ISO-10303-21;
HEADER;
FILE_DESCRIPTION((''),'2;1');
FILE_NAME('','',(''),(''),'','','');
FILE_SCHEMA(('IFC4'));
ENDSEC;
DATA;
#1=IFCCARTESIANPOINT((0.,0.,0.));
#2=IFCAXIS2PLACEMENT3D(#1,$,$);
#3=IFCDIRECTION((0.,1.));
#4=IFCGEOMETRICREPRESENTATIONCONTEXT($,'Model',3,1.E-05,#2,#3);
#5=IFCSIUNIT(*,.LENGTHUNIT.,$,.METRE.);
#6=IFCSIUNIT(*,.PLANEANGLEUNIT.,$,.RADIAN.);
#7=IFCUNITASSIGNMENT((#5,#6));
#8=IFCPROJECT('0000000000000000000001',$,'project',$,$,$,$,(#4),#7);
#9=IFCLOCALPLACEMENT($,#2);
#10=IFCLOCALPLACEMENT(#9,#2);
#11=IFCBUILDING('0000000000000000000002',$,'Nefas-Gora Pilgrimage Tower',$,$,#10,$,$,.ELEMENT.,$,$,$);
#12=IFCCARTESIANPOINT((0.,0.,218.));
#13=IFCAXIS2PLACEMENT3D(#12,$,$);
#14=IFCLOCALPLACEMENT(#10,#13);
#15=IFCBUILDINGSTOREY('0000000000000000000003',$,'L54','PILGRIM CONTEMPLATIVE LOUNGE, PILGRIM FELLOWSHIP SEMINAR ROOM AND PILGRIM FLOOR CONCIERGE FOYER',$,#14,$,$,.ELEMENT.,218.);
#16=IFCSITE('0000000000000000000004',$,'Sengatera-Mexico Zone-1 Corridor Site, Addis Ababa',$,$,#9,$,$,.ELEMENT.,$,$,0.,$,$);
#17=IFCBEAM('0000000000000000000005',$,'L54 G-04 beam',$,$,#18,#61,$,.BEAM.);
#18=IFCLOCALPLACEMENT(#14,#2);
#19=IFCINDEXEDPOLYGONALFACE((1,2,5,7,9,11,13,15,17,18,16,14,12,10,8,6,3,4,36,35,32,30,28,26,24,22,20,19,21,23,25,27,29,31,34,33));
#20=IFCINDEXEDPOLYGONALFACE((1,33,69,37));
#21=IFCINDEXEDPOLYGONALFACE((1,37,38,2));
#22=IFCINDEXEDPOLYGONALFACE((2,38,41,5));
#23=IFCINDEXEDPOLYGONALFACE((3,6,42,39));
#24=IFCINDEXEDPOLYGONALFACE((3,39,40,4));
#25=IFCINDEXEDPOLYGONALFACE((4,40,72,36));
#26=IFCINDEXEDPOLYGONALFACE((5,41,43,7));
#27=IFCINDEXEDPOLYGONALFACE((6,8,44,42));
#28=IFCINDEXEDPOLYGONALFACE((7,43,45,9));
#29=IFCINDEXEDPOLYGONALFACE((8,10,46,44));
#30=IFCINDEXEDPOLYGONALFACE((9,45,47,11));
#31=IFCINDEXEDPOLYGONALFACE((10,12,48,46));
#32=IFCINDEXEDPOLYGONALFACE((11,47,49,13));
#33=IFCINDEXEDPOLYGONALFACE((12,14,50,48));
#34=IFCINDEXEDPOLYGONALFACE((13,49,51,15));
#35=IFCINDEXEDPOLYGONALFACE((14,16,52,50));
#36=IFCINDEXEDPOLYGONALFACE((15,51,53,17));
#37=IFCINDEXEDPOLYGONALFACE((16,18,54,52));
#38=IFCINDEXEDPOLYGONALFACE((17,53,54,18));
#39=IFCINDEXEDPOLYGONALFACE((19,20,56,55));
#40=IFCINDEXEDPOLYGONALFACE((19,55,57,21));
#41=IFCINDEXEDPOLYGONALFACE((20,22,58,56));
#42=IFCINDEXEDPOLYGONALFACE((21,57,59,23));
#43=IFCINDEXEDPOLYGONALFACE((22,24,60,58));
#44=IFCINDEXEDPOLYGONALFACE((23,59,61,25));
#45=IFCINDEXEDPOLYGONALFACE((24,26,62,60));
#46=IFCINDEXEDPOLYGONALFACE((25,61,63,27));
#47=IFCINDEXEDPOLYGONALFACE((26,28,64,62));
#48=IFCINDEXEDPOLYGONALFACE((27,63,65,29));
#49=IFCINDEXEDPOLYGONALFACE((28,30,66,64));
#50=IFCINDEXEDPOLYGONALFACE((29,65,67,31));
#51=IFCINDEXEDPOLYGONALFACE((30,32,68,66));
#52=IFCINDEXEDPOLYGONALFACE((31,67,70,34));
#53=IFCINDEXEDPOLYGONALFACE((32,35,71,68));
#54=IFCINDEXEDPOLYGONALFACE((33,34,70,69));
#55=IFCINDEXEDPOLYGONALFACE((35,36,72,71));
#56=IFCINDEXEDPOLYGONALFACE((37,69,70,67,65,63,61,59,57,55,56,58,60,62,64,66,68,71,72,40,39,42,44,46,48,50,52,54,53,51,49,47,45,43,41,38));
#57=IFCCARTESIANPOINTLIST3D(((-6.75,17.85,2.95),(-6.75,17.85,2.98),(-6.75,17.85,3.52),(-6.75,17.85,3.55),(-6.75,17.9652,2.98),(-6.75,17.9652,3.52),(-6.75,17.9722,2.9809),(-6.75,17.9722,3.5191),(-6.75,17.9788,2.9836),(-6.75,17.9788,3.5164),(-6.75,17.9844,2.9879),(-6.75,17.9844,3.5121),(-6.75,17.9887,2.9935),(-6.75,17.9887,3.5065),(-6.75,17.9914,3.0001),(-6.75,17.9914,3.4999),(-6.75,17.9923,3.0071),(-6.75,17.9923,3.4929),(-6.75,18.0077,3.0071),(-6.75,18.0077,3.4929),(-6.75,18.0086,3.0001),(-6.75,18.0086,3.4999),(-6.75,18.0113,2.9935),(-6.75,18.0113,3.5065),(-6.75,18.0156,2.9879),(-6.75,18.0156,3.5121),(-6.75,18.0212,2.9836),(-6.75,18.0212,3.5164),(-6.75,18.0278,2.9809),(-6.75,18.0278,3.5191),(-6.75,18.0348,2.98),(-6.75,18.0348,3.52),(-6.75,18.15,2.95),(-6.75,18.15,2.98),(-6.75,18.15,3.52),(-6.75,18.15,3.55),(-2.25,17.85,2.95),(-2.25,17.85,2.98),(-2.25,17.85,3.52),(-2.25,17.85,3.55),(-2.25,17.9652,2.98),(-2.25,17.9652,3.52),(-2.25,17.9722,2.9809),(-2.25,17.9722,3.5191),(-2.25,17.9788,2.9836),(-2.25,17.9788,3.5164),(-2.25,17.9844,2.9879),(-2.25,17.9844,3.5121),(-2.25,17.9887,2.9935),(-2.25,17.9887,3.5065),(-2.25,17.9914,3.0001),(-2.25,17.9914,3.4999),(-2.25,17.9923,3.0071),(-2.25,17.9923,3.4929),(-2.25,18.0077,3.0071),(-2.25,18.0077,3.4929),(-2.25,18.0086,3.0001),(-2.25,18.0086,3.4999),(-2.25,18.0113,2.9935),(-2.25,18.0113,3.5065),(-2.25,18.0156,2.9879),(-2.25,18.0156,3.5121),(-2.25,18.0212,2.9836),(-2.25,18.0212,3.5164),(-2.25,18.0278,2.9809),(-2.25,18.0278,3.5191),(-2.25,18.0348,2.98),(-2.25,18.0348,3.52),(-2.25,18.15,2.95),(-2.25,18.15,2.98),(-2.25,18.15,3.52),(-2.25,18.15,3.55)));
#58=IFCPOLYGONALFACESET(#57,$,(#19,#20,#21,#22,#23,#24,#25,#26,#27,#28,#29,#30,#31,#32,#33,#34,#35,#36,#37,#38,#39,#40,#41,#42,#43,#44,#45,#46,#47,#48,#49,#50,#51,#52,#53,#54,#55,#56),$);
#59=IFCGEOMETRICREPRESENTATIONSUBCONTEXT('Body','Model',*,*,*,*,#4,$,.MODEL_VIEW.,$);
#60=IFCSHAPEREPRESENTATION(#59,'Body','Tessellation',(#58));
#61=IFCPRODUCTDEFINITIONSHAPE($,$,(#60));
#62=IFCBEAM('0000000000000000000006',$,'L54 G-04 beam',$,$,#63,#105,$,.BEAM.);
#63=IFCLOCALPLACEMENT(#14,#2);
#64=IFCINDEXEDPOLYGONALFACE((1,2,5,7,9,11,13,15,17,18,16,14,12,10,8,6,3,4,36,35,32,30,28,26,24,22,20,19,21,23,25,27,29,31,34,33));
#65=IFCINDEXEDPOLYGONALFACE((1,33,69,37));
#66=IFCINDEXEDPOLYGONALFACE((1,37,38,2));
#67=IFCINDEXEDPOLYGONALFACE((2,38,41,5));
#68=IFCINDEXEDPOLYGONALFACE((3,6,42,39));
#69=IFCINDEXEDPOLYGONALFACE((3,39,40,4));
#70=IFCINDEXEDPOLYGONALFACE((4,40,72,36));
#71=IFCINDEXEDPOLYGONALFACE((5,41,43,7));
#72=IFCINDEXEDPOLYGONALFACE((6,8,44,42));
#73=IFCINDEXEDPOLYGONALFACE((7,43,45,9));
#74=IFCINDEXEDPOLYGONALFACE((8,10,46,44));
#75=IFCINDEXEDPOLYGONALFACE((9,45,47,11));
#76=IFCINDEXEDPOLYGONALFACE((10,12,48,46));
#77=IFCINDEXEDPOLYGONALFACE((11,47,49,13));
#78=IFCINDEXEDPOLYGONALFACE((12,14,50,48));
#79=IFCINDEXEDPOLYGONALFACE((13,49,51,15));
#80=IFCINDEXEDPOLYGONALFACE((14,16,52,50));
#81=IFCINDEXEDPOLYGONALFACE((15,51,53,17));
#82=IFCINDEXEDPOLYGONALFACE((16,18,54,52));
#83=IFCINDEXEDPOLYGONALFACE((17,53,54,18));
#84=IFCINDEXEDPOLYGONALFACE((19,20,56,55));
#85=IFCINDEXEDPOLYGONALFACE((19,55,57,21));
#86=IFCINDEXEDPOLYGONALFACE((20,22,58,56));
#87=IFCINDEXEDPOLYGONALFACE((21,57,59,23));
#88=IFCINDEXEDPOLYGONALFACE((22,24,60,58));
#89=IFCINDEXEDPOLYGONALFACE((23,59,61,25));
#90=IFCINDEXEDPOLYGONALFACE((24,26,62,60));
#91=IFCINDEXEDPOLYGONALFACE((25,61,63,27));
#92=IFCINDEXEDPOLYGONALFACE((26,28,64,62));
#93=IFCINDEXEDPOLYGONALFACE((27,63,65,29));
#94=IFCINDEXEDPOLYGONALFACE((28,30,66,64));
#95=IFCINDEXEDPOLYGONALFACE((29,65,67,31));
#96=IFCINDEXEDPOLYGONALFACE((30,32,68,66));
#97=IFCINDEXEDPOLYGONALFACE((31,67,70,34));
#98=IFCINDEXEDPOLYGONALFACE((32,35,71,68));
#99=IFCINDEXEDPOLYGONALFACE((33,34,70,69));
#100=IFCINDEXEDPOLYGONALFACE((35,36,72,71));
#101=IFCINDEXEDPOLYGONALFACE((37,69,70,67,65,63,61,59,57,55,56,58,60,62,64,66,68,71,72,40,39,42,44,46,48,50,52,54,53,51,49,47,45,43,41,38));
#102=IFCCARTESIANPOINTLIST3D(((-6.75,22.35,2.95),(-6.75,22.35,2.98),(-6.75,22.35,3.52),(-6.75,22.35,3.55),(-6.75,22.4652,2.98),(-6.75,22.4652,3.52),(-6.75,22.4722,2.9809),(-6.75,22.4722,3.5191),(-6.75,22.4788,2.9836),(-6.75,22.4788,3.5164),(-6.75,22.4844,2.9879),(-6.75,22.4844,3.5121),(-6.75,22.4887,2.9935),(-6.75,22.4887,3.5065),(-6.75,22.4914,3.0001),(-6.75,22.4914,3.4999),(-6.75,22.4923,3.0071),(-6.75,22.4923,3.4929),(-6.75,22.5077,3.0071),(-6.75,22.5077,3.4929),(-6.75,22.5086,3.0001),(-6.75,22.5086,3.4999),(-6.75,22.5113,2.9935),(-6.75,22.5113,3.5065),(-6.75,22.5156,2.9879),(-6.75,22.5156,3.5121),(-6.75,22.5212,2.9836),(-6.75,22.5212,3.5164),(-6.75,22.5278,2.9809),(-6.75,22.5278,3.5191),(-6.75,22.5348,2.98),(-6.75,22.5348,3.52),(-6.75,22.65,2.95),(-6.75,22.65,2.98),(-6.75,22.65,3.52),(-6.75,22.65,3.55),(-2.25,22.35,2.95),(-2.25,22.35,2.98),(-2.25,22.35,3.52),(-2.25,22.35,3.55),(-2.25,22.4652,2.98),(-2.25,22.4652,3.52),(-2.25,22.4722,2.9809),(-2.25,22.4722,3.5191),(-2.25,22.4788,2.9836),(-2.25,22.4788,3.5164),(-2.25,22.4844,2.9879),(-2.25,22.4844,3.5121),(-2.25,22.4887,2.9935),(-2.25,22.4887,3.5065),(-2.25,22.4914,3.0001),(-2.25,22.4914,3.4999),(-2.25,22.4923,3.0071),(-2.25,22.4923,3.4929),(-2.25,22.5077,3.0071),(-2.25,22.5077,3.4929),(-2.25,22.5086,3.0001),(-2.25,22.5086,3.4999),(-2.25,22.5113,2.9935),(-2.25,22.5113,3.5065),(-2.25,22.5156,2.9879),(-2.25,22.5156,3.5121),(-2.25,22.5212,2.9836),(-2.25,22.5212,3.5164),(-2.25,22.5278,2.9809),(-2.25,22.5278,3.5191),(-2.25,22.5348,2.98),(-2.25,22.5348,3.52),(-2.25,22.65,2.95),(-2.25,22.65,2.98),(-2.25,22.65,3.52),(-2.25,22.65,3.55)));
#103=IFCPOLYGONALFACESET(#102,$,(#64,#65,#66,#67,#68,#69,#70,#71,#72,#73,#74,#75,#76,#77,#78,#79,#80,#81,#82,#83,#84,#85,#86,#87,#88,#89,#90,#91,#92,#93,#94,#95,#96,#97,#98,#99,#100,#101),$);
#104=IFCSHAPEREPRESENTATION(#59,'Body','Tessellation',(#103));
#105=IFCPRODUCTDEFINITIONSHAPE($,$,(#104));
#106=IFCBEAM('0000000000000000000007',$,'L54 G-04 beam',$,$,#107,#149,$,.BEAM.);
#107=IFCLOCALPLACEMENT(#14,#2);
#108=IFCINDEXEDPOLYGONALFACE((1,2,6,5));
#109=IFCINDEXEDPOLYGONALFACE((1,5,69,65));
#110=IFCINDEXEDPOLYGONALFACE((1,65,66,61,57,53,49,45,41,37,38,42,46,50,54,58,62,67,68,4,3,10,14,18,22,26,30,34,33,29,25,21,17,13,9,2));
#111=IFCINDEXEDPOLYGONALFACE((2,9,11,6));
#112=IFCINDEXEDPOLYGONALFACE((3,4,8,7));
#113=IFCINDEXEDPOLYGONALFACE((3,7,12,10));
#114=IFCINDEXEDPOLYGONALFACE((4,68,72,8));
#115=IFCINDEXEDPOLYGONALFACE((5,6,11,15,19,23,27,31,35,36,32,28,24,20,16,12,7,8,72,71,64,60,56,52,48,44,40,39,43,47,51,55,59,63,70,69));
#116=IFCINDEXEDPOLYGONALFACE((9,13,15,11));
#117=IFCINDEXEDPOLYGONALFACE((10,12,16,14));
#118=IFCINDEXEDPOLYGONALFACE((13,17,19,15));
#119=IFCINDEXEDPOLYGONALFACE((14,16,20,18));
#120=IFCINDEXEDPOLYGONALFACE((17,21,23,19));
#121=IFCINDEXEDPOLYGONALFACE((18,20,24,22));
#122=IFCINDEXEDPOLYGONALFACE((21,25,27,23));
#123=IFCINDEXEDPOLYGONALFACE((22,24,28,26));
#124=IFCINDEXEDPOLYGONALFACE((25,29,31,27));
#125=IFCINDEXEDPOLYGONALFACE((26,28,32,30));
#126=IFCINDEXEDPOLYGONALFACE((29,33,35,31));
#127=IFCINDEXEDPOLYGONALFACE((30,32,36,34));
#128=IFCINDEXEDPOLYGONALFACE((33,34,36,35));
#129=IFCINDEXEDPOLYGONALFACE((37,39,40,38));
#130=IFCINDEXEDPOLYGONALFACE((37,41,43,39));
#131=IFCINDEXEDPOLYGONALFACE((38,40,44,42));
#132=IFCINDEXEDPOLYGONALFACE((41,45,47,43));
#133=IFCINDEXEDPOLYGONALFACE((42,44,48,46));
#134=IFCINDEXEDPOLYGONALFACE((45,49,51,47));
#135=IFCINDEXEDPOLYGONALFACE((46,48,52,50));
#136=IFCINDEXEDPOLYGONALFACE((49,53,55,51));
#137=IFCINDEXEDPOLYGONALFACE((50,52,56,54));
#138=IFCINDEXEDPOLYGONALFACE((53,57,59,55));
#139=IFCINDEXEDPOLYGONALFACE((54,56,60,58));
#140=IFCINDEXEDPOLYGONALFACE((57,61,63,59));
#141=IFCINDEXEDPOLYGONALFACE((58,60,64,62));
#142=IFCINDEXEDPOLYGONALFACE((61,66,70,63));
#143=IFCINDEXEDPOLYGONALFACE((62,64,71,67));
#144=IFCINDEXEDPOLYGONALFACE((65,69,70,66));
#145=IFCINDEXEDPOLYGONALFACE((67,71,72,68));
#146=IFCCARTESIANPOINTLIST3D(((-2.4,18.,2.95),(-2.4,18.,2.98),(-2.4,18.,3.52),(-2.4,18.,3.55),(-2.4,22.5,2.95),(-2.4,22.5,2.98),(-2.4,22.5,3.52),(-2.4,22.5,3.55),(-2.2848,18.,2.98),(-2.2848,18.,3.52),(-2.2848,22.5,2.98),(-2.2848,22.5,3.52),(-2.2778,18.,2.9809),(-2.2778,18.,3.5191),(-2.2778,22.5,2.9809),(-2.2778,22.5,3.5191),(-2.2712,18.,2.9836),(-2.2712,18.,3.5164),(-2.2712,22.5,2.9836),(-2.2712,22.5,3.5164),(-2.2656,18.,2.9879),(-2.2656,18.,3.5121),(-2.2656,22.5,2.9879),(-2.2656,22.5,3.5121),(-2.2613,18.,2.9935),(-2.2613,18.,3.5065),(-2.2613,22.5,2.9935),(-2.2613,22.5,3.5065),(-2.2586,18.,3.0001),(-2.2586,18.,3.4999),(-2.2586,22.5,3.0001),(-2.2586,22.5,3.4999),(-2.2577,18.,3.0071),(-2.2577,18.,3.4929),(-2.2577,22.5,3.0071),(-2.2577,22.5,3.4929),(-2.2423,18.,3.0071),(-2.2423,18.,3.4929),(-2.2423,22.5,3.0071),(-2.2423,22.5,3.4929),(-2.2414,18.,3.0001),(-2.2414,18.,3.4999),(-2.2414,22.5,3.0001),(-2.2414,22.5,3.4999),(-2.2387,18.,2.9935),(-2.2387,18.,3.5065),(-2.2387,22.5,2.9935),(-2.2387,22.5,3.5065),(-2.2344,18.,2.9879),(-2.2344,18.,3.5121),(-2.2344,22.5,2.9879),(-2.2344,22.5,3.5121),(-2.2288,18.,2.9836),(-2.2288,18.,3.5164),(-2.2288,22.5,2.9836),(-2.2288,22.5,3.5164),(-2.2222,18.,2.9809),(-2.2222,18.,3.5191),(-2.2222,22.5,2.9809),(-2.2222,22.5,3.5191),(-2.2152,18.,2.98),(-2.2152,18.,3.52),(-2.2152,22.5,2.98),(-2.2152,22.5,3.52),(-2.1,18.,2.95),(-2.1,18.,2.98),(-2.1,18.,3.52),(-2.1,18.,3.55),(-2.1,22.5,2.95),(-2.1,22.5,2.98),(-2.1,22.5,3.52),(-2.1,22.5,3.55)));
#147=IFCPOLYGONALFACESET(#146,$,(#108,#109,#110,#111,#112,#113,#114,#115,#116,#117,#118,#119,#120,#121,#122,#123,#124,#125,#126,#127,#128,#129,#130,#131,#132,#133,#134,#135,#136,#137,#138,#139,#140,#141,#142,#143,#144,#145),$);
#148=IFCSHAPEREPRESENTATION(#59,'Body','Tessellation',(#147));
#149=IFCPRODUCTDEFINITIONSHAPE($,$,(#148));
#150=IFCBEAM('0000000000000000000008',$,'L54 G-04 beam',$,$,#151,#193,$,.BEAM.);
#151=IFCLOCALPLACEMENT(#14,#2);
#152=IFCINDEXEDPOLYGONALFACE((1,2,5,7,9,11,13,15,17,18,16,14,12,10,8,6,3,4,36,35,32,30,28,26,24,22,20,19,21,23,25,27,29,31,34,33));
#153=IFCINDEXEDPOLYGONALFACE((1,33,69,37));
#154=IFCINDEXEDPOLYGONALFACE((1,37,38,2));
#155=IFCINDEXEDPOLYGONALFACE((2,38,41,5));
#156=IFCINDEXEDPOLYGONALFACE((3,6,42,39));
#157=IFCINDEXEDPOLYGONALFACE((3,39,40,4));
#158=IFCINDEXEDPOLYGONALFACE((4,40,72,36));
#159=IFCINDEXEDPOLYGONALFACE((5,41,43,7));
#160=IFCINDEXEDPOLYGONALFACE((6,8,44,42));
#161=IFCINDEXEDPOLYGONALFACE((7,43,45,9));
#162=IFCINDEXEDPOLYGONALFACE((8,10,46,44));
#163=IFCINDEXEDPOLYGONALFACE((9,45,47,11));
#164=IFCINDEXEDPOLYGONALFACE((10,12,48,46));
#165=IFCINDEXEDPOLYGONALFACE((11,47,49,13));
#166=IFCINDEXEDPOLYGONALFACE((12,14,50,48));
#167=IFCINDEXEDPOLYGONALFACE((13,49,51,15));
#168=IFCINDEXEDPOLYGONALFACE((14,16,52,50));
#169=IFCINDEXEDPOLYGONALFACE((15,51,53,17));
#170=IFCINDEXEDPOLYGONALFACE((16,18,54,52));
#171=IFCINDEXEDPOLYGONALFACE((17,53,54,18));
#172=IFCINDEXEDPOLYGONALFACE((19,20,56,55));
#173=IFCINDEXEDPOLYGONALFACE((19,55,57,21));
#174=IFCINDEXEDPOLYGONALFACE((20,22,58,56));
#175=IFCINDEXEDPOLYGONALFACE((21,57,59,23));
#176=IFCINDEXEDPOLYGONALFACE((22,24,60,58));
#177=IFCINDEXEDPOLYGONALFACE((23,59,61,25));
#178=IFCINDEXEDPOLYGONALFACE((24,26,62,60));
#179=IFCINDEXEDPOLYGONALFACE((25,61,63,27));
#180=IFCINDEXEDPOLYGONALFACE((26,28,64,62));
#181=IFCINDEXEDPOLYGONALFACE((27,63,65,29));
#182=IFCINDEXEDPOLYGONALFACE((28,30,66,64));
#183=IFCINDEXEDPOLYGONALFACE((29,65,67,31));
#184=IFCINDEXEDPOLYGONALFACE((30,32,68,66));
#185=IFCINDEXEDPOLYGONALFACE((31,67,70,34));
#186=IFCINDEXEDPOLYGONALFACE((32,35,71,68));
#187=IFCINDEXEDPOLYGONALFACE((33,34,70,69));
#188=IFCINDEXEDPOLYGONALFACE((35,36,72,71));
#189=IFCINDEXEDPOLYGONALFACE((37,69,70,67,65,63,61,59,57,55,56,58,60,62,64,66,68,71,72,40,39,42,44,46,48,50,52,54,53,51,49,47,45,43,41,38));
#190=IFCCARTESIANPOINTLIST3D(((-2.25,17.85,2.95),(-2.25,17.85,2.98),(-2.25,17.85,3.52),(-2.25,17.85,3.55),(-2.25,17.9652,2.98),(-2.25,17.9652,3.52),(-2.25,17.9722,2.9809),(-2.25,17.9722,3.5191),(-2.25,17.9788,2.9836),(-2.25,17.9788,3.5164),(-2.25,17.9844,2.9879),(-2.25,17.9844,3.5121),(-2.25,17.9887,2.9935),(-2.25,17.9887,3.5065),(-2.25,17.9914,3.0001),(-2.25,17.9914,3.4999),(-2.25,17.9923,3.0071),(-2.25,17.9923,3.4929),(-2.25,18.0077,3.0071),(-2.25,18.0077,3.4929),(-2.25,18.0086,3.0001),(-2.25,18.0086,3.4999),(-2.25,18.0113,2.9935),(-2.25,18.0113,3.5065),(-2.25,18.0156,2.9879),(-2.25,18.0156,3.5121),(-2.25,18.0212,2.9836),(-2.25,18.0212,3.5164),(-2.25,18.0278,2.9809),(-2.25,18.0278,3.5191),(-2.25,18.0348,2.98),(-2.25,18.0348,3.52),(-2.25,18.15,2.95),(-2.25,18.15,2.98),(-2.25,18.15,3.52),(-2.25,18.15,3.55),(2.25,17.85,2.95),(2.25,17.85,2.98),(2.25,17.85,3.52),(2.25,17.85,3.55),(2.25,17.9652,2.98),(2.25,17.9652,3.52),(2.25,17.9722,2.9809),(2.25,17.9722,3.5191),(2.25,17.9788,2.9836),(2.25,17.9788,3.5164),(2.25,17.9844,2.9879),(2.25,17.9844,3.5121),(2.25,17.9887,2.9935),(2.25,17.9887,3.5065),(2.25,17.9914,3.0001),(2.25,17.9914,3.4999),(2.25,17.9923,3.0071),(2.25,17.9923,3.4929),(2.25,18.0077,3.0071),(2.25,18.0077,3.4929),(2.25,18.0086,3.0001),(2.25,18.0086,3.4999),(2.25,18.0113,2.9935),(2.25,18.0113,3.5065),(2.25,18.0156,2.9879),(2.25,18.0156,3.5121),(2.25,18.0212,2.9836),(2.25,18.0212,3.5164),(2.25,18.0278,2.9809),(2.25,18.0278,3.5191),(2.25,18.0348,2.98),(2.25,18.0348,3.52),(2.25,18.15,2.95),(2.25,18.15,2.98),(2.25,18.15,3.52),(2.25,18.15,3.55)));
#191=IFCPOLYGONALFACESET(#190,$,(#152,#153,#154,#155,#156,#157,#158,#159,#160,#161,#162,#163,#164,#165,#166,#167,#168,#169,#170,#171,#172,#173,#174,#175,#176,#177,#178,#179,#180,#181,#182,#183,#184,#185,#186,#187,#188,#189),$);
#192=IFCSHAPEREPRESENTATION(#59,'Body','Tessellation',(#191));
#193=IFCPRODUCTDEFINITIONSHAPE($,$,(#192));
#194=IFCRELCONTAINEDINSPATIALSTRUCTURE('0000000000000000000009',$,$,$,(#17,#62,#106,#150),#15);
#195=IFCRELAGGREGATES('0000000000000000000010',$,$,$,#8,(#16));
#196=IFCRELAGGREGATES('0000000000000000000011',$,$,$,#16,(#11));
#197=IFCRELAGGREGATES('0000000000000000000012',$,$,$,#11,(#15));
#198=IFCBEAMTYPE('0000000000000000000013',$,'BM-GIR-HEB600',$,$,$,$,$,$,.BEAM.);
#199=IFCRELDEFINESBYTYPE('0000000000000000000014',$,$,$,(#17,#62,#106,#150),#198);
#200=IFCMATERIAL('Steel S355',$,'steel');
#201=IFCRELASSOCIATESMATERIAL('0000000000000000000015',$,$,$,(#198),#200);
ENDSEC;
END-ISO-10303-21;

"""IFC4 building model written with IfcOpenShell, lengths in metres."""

from ifc_helpers import new_model, si_unit, direction, frame, origin, origin_2d, place, context, subcontext, project, spatial, i_section, extrude, source, transform, mapped, material, material_profile, profile_set, type_object, element, save


model = new_model("IFC4")

# Units and contexts
model_context = context("Model", 3, precision=1e-05, world=origin(), true_north=direction((0.0, 1.0)))
body_context = subcontext(model_context, "Body", "Model", "MODEL_VIEW")
ifc_project = project(units=[si_unit("LENGTHUNIT", "METRE"), si_unit("PLANEANGLEUNIT", "RADIAN")], contexts=[model_context])

# Site, building, storey
site_placement = place(None, origin())
site = spatial("IfcSite", under=ifc_project, at=site_placement, Name="Sengatera-Mexico Zone-1 Corridor Site, Addis Ababa", CompositionType="ELEMENT", RefElevation=0.0)
building_placement = place(site_placement, origin())
building = spatial("IfcBuilding", under=site, at=building_placement, Name="Nefas-Gora Pilgrimage Tower", CompositionType="ELEMENT")
storey_placement = place(building_placement, frame((0.0, 0.0, 218.0)))
storey = spatial("IfcBuildingStorey", under=building, at=storey_placement, Name="L54", Description="PILGRIM CONTEMPLATIVE LOUNGE, PILGRIM FELLOWSHIP SEMINAR ROOM AND PILGRIM FLOOR CONCIERGE FOYER", CompositionType="ELEMENT", Elevation=218.0)

# Beams
ifc_material_1 = material(Name="Steel S355", Category="steel")
ifc_material_profile_1 = material_profile(ifc_material_1, i_section(OverallWidth=0.3, OverallDepth=0.6001, WebThickness=0.0154, FlangeThickness=0.03, FilletRadius=0.0271, at=origin_2d()), Name="HEB 600")
ifc_profile_set_1 = profile_set([ifc_material_profile_1], Name="Steel S355")
beam_type = type_object("IfcBeamType", Name="BM-GIR-HEB600", PredefinedType="BEAM", material=ifc_profile_set_1)
shared_shape_1 = source(origin(), body_context, "Body", "SweptSolid", [
    extrude(i_section(OverallWidth=0.3, OverallDepth=0.6001, WebThickness=0.0154, FlangeThickness=0.03, FilletRadius=0.0271, at=origin_2d()), origin(), (0.0, 0.0, 1.0), 4.5),
])
for number, where, z_axis, x_axis, name in (
    (1, (-6.75, 18.0, 3.25), (1.0, 0.0, 0.0), (0.0, 1.0, 0.0), "L54 G-04 beam"),
    (2, (-6.75, 22.5, 3.25), (1.0, 0.0, 0.0), (0.0, 1.0, 0.0), "L54 G-04 beam"),
    (3, (-2.25, 18.0, 3.25), (0.0, 1.0, 0.0), (-1.0, 0.0, 0.0), "L54 G-04 beam"),
    (4, (-2.25, 18.0, 3.25), (1.0, 0.0, 0.0), (0.0, 1.0, 0.0), "L54 G-04 beam"),
):
    element("IfcBeam", number, at=place(storey_placement, frame(where, z_axis=z_axis, x_axis=x_axis)), inside=storey, type_object=beam_type, Name=name, PredefinedType="BEAM", context=body_context, shape_type="MappedRepresentation", body=[
        mapped(shared_shape_1, transform((0.0, 0.0, 0.0), x_axis=(1.0, 0.0, 0.0), y_axis=(0.0, 1.0, 0.0), z_axis=(0.0, 0.0, 1.0), scale=1.0)),
    ])

save(model, "model.ifc")
